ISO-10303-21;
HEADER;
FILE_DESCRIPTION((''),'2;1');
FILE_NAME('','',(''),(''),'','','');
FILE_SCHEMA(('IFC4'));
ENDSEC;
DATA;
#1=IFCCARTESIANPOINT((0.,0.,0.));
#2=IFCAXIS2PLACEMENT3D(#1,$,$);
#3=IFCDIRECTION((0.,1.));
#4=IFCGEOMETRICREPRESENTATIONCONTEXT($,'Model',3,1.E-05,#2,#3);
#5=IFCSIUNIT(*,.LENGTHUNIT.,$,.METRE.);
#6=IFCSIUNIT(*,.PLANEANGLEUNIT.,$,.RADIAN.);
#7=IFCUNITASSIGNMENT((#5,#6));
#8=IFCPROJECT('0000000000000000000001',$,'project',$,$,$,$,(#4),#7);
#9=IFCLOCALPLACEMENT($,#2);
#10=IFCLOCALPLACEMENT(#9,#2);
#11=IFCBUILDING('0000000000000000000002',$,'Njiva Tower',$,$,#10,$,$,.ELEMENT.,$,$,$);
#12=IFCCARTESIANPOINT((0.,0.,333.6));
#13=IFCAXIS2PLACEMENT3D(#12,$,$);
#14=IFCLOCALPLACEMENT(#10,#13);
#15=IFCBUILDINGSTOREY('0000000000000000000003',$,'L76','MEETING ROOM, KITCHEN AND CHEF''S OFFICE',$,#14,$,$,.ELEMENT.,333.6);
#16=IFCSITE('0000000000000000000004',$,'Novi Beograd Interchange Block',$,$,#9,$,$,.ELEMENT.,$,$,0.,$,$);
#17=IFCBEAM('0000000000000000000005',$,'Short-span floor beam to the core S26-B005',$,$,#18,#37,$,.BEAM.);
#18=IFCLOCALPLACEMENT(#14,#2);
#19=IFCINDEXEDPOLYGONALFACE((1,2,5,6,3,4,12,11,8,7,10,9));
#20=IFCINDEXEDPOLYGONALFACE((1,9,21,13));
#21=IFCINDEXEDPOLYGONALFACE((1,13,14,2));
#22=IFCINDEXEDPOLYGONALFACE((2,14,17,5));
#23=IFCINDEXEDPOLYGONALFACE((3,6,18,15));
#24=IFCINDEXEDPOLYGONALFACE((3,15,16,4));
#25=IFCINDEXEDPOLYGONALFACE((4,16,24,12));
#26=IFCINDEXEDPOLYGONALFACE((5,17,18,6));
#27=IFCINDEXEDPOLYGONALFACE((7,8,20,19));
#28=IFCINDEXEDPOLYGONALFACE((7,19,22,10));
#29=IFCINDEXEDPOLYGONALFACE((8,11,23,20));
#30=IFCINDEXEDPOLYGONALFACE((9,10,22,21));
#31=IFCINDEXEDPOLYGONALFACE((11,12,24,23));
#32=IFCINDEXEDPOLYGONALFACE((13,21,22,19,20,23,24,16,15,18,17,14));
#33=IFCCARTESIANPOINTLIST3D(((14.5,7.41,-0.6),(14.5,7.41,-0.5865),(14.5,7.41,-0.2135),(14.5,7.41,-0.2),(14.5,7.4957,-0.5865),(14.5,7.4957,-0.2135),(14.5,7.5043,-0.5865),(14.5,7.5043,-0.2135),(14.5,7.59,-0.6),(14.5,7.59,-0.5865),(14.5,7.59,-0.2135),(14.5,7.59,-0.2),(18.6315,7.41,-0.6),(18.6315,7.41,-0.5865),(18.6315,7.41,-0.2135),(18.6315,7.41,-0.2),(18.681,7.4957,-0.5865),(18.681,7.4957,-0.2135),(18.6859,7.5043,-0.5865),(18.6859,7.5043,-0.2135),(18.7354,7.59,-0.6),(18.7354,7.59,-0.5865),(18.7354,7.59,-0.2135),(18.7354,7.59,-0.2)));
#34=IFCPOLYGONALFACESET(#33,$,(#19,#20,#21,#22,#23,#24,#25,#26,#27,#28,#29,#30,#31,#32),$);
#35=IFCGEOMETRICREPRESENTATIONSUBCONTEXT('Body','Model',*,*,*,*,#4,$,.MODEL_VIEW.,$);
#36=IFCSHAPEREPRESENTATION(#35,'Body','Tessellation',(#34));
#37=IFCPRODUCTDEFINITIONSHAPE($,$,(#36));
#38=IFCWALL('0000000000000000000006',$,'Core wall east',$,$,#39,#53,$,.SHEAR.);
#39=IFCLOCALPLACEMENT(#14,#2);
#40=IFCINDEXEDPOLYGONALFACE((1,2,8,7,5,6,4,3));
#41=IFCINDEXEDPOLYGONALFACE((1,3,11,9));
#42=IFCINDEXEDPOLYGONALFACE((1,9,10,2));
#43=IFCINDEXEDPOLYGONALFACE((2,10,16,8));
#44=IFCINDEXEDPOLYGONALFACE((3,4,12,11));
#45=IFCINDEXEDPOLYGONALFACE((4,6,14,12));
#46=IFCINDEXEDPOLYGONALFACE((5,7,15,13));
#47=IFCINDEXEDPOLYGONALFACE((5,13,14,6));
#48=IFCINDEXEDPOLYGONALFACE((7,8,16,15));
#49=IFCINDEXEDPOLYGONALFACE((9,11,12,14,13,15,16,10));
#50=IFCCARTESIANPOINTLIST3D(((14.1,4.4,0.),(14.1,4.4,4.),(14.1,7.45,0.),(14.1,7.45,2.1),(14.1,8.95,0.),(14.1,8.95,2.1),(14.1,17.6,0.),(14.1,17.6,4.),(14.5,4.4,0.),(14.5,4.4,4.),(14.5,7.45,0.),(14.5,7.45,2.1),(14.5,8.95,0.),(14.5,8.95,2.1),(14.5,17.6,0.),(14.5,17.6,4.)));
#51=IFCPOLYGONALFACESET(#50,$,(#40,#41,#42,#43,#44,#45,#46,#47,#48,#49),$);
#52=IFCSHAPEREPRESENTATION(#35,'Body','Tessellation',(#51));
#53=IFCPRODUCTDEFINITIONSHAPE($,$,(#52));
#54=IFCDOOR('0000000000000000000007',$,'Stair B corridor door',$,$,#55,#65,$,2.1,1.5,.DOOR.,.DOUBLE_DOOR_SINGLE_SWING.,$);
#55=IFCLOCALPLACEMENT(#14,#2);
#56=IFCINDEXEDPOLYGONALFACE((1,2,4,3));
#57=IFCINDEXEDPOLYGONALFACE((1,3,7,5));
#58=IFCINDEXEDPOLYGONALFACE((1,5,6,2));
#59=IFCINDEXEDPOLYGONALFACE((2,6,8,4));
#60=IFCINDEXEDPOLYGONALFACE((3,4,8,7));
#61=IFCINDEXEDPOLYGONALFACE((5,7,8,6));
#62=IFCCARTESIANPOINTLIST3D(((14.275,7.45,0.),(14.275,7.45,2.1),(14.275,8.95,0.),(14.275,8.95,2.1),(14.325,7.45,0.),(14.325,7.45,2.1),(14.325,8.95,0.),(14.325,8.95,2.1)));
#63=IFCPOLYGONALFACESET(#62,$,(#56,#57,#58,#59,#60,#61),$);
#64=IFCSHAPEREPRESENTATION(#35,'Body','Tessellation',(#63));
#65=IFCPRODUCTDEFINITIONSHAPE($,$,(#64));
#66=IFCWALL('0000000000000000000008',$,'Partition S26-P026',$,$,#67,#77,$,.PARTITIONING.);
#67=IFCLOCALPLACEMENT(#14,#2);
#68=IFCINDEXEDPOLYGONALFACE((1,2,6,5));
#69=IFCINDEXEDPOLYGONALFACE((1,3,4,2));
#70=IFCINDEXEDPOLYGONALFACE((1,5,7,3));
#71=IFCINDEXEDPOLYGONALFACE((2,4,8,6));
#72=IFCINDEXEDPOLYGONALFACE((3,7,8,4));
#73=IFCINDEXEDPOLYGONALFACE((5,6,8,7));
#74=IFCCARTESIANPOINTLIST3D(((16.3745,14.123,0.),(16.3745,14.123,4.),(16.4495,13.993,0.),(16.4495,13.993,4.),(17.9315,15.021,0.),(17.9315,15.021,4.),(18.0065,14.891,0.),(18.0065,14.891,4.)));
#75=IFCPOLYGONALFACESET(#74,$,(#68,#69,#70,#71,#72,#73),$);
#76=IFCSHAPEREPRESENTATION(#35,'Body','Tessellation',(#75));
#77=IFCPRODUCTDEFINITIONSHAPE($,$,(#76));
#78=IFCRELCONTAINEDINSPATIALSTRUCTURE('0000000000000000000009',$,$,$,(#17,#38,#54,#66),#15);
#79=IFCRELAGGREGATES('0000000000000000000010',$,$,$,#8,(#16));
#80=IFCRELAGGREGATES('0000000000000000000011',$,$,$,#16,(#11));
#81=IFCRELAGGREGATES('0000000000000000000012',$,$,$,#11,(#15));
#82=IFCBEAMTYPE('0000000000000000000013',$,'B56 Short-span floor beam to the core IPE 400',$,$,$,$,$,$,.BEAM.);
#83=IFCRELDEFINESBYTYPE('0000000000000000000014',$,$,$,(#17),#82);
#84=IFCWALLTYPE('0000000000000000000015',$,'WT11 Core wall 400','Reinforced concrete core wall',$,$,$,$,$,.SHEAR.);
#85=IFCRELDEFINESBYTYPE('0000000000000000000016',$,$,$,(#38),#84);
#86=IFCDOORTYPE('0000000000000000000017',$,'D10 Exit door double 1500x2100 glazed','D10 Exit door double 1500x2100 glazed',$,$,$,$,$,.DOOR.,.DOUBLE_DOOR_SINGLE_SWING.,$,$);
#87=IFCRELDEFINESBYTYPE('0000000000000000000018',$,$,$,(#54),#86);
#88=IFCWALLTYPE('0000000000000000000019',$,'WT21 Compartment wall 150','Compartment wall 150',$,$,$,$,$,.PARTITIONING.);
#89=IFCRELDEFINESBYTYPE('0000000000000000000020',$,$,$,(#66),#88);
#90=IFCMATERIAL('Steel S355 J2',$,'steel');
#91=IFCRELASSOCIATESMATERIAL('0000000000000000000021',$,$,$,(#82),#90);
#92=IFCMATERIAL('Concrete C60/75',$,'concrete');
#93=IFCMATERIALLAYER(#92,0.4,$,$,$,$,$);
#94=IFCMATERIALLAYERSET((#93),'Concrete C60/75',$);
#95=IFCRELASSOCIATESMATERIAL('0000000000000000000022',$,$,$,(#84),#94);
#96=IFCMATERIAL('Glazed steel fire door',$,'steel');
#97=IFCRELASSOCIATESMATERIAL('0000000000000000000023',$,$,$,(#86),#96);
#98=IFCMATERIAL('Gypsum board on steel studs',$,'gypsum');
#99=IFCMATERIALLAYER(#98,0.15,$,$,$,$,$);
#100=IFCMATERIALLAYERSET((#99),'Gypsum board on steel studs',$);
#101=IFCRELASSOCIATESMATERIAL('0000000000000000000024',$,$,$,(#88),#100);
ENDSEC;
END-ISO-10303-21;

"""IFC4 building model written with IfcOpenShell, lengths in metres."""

from ifc_helpers import new_model, si_unit, direction, frame, frame_2d, origin, origin_2d, place, context, subcontext, project, spatial, rectangle, i_section, extrude, clip, halfspace, material, layer, layer_set, material_profile, profile_set, type_object, element, fill, save


model = new_model("IFC4")

# Units and contexts
model_context = context("Model", 3, precision=1e-05, world=origin(), true_north=direction((0.0, 1.0)))
body_context = subcontext(model_context, "Body", "Model", "MODEL_VIEW")
ifc_project = project(units=[si_unit("LENGTHUNIT", "METRE"), si_unit("PLANEANGLEUNIT", "RADIAN")], contexts=[model_context])

# Site, building, storey
site_placement = place(None, origin())
site = spatial("IfcSite", under=ifc_project, at=site_placement, Name="Novi Beograd Interchange Block", CompositionType="ELEMENT", RefElevation=0.0)
building_placement = place(site_placement, origin())
building = spatial("IfcBuilding", under=site, at=building_placement, Name="Njiva Tower", CompositionType="ELEMENT")
storey_placement = place(building_placement, frame((0.0, 0.0, 333.6)))
storey = spatial("IfcBuildingStorey", under=building, at=storey_placement, Name="L76", Description="MEETING ROOM, KITCHEN AND CHEF'S OFFICE", CompositionType="ELEMENT", Elevation=333.6)

# Shared definitions
ifc_material_1 = material(Name="Steel S355 J2", Category="steel")

# Beam
ifc_material_profile_1 = material_profile(ifc_material_1, i_section(OverallWidth=0.18, OverallDepth=0.4, WebThickness=0.0086, FlangeThickness=0.0135, at=origin_2d()), Name="IPE 400")
ifc_profile_set_1 = profile_set([ifc_material_profile_1], Name="Steel S355 J2")
beam_type_1 = type_object("IfcBeamType", Name="B56 Short-span floor beam to the core IPE 400", PredefinedType="BEAM", material=ifc_profile_set_1)
beam_1_placement = place(storey_placement, frame((14.5, 7.5, -0.4), z_axis=(1.0, 0.0, 0.0), x_axis=(0.0, 1.0, 0.0)))
element("IfcBeam", 1, at=beam_1_placement, inside=storey, type_object=beam_type_1, Name="Short-span floor beam to the core S26-B005", PredefinedType="BEAM", context=body_context, shape_type="Clipping", body=[
    clip(extrude(i_section(OverallWidth=0.18, OverallDepth=0.4, WebThickness=0.0086, FlangeThickness=0.0135, at=origin_2d()), origin(), (0.0, 0.0, 1.0), 4.255), halfspace(frame((-0.025, 0.0, 4.169), z_axis=(-0.499998, 0.0, 0.866027), x_axis=(0.0, 1.0, 0.0)), False)),
])

# Wall, opening, door
ifc_material_2 = material(Name="Concrete C60/75", Category="concrete")
ifc_layer_1 = layer(ifc_material_2, 0.4)
ifc_layer_set_1 = layer_set([ifc_layer_1], Name="Concrete C60/75")
wall_type_1 = type_object("IfcWallType", Name="WT11 Core wall 400", Description="Reinforced concrete core wall", PredefinedType="SHEAR", material=ifc_layer_set_1)
wall_1_placement = place(storey_placement, frame((14.3, 4.4, 0.0), z_axis=(0.0, 0.0, 1.0), x_axis=(0.0, 1.0, 0.0)))
wall_1 = element("IfcWall", 2, at=wall_1_placement, inside=storey, type_object=wall_type_1, Name="Core wall east", PredefinedType="SHEAR", context=body_context, shape_type="SweptSolid", body=[
    extrude(rectangle(XDim=13.2, YDim=0.4, at=frame_2d((6.6, 0.0))), origin(), (0.0, 0.0, 1.0), 4.0),
])
opening_placement = place(wall_1_placement, frame((3.05, 0.0, 0.0)))
opening = element("IfcOpeningElement", 3, at=opening_placement, cuts=wall_1, PredefinedType="OPENING", context=body_context, shape_type="SweptSolid", body=[
    extrude(rectangle(XDim=1.5, YDim=2.1, at=frame_2d((0.75, 1.05))), frame((0.0, 0.21, 0.0), z_axis=(0.0, -1.0, 0.0), x_axis=(1.0, 0.0, 0.0)), (0.0, 0.0, 1.0), 0.42),
])
ifc_material_3 = material(Name="Glazed steel fire door", Category="steel")
door_type = type_object("IfcDoorType", Name="D10 Exit door double 1500x2100 glazed", Description="D10 Exit door double 1500x2100 glazed", OperationType="DOUBLE_DOOR_SINGLE_SWING", PredefinedType="DOOR", material=ifc_material_3)
door_placement = place(opening_placement, origin())
door = element("IfcDoor", 4, at=door_placement, inside=storey, type_object=door_type, Name="Stair B corridor door", OperationType="DOUBLE_DOOR_SINGLE_SWING", OverallHeight=2.1, OverallWidth=1.5, PredefinedType="DOOR", context=body_context, shape_type="SweptSolid", body=[
    extrude(rectangle(XDim=1.5, YDim=2.1, at=frame_2d((0.75, 1.05))), frame((0.0, 0.025, 0.0), z_axis=(0.0, -1.0, 0.0), x_axis=(1.0, 0.0, 0.0)), (0.0, 0.0, 1.0), 0.05),
])
fill(opening, door)

# Wall
ifc_material_4 = material(Name="Gypsum board on steel studs", Category="gypsum")
ifc_layer_2 = layer(ifc_material_4, 0.15)
ifc_layer_set_2 = layer_set([ifc_layer_2], Name="Gypsum board on steel studs")
wall_type_2 = type_object("IfcWallType", Name="WT21 Compartment wall 150", Description="Compartment wall 150", PredefinedType="PARTITIONING", material=ifc_layer_set_2)
wall_2_placement = place(storey_placement, frame((16.412, 14.058, 0.0), z_axis=(0.0, 0.0, 1.0), x_axis=(0.86625, 0.49961, 0.0)))
element("IfcWall", 5, at=wall_2_placement, inside=storey, type_object=wall_type_2, Name="Partition S26-P026", PredefinedType="PARTITIONING", context=body_context, shape_type="SweptSolid", body=[
    extrude(rectangle(XDim=1.7974, YDim=0.15, at=frame_2d((0.8987, 0.0))), origin(), (0.0, 0.0, 1.0), 4.0),
])

save(model, "model.ifc")
